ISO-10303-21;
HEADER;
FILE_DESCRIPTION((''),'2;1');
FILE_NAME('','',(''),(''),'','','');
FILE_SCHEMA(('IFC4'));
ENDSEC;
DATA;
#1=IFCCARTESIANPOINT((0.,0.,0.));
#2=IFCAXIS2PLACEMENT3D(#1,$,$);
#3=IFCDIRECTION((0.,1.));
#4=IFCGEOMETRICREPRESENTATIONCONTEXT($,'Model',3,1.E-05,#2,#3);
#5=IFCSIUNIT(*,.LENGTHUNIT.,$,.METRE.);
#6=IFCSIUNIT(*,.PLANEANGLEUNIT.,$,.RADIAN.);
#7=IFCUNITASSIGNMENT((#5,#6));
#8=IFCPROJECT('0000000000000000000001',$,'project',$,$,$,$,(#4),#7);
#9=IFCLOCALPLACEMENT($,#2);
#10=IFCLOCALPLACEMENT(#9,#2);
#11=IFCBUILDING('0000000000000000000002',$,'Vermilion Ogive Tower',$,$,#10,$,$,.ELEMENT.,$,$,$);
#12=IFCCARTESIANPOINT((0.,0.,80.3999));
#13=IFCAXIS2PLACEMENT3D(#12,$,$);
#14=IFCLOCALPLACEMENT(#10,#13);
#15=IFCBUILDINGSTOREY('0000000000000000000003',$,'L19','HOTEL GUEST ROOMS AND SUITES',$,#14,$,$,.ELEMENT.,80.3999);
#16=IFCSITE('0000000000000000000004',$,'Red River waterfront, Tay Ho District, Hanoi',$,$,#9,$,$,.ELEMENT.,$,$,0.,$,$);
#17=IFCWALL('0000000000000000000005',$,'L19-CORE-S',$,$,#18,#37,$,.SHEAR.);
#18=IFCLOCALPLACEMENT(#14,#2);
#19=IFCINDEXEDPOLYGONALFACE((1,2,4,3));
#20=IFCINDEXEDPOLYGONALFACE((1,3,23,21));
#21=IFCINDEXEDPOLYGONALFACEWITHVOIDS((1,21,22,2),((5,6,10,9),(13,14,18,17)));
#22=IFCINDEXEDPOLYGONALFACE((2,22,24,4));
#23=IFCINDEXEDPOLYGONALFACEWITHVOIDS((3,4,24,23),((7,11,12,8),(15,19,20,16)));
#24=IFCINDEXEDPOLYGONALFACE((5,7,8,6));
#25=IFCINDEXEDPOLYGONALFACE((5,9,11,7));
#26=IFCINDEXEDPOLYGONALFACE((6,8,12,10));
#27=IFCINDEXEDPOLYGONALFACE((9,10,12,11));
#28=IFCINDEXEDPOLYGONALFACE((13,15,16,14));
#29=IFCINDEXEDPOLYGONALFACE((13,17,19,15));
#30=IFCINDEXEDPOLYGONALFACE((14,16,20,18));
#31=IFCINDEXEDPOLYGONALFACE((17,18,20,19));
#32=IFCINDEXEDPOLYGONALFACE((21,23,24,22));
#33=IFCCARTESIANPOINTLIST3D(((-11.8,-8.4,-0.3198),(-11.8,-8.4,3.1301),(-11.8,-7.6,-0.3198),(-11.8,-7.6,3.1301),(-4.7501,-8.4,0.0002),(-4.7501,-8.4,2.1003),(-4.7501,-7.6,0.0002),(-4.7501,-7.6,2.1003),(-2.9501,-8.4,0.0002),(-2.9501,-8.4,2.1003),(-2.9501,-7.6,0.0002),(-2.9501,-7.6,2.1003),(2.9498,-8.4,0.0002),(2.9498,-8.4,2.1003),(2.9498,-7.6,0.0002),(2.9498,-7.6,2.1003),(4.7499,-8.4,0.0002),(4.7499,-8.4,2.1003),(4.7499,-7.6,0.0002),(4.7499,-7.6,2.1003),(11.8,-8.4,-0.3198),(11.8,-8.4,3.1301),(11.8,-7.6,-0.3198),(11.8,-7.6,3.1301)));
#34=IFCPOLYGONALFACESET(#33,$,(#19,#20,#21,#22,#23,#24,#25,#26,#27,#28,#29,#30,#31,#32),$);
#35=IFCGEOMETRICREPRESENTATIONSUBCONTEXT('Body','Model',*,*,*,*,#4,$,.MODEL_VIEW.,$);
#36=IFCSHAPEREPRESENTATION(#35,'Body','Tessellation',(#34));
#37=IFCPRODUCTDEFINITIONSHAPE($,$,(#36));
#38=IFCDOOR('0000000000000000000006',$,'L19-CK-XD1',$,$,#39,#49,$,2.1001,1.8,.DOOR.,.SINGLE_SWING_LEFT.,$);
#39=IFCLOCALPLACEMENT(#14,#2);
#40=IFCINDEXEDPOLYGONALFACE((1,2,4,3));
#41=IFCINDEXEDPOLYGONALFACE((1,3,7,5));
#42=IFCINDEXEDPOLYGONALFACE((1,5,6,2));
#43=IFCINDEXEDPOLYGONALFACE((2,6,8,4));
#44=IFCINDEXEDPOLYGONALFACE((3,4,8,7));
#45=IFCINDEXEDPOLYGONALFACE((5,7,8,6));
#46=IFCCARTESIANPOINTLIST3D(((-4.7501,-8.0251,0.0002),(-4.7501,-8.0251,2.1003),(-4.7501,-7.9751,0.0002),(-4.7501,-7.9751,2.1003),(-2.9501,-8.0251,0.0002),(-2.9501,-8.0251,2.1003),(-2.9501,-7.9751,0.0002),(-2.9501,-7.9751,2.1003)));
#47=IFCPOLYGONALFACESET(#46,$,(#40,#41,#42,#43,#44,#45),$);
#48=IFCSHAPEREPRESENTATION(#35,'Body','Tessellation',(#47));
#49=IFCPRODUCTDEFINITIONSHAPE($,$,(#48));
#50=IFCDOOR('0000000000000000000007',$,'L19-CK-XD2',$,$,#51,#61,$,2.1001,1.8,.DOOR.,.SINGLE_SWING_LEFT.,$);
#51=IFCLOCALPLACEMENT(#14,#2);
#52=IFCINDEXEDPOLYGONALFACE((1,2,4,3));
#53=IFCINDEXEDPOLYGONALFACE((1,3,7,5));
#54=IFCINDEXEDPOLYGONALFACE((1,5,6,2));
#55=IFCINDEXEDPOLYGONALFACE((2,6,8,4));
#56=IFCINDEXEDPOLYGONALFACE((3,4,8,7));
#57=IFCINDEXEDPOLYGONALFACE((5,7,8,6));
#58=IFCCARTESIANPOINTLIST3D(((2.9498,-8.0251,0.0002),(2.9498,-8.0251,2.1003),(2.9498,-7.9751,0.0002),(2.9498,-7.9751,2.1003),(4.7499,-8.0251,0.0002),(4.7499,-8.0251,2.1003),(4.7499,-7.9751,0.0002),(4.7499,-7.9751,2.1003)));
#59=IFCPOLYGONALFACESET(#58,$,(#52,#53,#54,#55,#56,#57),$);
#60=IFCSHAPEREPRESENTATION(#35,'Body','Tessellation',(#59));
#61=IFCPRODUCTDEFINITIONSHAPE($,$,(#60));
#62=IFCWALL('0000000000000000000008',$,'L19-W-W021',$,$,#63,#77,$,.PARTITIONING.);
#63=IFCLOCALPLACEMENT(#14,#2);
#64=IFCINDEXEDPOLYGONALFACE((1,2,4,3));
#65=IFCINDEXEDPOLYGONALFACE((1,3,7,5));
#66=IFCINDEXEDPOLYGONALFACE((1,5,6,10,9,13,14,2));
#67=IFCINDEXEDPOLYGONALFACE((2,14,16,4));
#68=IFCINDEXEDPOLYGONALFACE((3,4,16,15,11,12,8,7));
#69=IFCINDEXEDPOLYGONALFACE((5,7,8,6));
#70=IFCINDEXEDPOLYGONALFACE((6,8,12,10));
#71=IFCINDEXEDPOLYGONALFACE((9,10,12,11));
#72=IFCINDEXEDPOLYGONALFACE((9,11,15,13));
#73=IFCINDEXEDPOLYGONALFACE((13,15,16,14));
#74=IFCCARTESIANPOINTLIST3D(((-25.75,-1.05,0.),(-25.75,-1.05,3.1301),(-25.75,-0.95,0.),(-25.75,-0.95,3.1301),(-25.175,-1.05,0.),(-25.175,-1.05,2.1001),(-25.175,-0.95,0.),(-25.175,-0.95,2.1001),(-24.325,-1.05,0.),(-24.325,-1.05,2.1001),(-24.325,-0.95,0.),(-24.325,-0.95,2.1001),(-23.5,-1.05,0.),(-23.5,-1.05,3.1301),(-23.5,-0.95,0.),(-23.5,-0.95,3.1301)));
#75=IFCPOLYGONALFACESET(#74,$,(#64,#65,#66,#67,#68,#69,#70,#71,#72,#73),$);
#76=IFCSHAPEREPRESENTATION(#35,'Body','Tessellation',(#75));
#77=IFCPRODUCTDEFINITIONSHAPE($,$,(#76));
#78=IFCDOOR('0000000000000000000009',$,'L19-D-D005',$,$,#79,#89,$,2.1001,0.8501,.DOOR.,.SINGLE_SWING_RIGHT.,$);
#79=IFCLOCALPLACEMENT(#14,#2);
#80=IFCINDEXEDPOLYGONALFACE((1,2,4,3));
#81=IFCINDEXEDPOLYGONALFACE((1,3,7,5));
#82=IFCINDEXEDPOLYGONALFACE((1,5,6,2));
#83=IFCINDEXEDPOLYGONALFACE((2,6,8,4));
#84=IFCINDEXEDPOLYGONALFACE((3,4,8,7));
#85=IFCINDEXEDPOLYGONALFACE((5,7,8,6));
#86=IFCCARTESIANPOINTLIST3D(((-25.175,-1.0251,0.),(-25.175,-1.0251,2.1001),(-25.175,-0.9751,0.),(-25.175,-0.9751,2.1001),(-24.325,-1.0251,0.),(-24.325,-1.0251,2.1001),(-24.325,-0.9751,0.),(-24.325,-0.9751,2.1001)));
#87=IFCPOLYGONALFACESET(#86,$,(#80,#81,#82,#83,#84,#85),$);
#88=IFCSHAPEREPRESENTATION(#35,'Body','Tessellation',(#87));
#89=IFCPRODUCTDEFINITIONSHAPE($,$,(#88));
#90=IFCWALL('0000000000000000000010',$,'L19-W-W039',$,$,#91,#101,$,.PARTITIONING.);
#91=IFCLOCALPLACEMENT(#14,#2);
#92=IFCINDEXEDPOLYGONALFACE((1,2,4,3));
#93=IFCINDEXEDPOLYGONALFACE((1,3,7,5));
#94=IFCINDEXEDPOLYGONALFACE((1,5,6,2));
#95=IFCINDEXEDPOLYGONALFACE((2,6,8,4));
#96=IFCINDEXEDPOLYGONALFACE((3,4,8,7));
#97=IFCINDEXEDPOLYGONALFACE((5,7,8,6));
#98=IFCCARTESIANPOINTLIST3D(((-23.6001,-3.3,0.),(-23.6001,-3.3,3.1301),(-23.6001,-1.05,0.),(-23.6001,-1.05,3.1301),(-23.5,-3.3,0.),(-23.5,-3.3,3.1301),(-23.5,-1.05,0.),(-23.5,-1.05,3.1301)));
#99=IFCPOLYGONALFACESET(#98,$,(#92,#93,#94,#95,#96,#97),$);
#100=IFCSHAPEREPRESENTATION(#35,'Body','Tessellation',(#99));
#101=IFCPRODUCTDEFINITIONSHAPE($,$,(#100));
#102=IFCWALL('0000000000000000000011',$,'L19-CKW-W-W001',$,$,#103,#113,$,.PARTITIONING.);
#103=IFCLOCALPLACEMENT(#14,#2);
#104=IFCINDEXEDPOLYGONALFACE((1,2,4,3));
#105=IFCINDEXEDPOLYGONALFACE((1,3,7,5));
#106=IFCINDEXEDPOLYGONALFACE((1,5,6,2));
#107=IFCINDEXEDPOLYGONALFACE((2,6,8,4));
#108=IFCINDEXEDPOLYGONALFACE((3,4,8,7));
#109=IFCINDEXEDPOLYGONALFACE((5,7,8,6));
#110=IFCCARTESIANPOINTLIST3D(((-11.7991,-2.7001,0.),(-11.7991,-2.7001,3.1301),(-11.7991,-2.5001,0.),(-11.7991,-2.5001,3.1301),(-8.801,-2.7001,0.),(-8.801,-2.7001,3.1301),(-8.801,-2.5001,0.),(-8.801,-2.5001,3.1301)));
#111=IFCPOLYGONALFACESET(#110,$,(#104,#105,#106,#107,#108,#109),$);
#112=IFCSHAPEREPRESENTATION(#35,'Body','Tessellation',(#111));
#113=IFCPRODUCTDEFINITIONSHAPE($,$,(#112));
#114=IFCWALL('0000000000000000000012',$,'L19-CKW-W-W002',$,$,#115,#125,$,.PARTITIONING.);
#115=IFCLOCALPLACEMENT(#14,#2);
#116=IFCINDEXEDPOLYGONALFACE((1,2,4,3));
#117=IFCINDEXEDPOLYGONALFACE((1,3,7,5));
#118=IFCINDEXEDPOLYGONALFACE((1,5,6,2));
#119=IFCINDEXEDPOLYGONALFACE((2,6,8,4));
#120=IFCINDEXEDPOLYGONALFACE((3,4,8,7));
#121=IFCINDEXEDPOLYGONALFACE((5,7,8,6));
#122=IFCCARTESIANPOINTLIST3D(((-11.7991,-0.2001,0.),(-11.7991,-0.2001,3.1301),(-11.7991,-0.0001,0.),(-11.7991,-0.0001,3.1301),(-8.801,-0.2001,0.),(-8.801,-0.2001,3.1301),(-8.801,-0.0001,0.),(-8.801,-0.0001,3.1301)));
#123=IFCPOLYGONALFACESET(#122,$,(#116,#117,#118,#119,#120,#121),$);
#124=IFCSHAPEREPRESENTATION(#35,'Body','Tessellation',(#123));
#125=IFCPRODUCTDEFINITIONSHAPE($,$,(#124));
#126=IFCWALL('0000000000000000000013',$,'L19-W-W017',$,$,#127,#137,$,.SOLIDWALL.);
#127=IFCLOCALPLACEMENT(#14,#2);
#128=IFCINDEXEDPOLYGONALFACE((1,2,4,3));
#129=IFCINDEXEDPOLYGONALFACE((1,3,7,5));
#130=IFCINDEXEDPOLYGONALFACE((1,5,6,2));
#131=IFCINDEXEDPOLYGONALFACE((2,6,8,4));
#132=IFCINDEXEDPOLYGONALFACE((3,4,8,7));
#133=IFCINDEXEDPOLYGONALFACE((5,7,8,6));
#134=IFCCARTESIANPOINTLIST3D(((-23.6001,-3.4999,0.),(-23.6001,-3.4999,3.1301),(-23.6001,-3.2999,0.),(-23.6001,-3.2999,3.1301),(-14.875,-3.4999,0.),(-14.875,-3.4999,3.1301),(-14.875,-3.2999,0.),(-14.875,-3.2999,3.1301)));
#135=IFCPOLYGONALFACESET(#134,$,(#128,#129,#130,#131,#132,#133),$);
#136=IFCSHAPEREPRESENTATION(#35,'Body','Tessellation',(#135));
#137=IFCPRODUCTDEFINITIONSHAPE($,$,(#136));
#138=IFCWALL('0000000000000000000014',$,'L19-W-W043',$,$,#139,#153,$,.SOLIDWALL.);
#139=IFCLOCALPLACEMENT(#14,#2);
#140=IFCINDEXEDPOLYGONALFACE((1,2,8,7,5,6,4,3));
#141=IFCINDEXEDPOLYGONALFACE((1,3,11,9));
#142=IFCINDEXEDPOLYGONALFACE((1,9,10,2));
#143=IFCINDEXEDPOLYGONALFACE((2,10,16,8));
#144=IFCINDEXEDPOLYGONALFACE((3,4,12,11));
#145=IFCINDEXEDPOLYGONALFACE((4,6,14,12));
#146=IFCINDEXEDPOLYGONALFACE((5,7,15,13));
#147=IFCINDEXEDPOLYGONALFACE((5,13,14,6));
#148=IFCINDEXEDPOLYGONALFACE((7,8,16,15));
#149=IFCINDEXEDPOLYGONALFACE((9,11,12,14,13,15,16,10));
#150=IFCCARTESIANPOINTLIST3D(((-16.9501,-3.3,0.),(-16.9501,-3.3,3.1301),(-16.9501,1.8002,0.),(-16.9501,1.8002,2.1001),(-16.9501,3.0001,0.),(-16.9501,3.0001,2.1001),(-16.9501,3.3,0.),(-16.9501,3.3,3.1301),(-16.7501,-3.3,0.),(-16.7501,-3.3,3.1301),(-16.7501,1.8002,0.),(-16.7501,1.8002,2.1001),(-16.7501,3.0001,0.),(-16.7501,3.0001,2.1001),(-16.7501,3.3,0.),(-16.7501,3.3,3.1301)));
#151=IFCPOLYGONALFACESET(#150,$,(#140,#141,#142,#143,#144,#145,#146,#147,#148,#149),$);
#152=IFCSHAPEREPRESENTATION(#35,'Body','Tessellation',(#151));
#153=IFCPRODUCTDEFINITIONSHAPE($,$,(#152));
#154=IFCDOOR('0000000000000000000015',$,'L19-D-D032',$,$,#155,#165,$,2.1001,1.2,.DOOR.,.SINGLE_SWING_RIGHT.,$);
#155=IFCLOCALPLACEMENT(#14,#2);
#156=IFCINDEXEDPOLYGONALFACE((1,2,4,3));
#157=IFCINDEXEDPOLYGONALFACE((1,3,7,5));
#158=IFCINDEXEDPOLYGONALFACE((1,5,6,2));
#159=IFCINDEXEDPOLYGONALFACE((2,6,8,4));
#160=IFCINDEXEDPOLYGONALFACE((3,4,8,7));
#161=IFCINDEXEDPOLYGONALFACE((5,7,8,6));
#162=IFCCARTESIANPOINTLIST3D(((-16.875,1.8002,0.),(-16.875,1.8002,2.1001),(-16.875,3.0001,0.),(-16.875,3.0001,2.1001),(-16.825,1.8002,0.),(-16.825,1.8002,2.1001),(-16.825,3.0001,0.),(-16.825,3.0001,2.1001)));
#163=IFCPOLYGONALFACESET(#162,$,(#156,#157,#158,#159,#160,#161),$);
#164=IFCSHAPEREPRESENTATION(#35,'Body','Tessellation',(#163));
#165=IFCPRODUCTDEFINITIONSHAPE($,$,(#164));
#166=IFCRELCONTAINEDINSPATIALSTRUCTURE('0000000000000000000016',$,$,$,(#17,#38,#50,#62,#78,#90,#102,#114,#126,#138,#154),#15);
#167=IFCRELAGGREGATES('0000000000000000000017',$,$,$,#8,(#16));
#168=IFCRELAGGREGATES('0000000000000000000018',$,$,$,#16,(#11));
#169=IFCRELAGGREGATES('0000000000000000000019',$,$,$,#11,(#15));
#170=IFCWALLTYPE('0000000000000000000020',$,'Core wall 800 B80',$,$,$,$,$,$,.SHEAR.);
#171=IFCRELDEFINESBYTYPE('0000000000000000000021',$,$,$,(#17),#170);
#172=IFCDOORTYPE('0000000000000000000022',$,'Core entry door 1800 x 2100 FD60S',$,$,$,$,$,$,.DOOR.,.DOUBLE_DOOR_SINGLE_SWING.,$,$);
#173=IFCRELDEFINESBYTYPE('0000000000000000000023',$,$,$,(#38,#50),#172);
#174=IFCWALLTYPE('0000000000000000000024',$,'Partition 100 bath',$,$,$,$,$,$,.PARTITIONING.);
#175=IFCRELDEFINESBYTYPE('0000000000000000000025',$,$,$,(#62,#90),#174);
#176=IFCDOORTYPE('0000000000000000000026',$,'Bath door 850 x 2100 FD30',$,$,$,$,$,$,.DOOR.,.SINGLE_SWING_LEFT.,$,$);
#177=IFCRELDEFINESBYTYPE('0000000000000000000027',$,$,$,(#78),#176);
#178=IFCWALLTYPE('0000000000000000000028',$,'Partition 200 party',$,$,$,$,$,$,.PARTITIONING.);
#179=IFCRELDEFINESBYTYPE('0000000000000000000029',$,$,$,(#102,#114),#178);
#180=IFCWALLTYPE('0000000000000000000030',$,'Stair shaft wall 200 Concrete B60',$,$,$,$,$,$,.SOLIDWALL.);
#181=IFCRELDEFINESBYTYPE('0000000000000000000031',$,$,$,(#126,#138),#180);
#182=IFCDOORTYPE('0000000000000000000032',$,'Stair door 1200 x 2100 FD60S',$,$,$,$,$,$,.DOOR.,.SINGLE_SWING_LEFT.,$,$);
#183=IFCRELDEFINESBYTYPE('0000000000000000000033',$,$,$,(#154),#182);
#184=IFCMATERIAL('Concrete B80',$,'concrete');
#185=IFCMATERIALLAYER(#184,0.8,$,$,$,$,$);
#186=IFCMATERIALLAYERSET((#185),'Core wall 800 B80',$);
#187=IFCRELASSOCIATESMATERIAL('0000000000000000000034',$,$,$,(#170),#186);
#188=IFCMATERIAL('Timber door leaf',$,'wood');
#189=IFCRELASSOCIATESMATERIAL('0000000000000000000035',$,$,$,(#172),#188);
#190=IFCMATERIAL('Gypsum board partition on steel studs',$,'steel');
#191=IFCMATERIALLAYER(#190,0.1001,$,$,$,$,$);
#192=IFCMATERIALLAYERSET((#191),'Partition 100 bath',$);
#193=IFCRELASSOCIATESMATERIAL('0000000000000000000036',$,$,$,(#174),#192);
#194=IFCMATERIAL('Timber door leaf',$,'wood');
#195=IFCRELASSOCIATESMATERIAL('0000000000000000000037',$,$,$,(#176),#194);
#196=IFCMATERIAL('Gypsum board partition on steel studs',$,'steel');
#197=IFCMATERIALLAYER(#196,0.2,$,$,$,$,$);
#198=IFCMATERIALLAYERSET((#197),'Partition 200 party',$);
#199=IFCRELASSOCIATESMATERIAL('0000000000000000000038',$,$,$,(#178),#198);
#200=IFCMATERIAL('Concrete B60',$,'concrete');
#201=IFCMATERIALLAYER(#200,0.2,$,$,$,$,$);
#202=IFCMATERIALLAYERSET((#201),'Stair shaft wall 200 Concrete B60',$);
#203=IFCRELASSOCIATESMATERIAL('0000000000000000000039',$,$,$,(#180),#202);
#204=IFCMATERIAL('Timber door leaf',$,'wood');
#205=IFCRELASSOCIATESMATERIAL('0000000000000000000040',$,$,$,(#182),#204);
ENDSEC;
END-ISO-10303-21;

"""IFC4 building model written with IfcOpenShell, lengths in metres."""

from ifc_helpers import new_model, si_unit, direction, frame, frame_2d, origin, place, context, subcontext, project, spatial, rectangle, extrude, material, layer, layer_set, type_object, element, fill, save


model = new_model("IFC4")

# Units and contexts
model_context = context("Model", 3, precision=1e-05, world=origin(), true_north=direction((0.0, 1.0)))
body_context = subcontext(model_context, "Body", "Model", "MODEL_VIEW")
ifc_project = project(units=[si_unit("LENGTHUNIT", "METRE"), si_unit("PLANEANGLEUNIT", "RADIAN")], contexts=[model_context])

# Site, building, storey
site_placement = place(None, origin())
site = spatial("IfcSite", under=ifc_project, at=site_placement, Name="Red River waterfront, Tay Ho District, Hanoi", CompositionType="ELEMENT", RefElevation=0.0)
building_placement = place(site_placement, origin())
building = spatial("IfcBuilding", under=site, at=building_placement, Name="Vermilion Ogive Tower", CompositionType="ELEMENT")
storey_placement = place(building_placement, frame((0.0, 0.0, 80.3999)))
storey = spatial("IfcBuildingStorey", under=building, at=storey_placement, Name="L19", Description="HOTEL GUEST ROOMS AND SUITES", CompositionType="ELEMENT", Elevation=80.3999)

# Wall, openings, doors
ifc_material_1 = material(Name="Concrete B80", Category="concrete")
ifc_layer_1 = layer(ifc_material_1, 0.8)
ifc_layer_set_1 = layer_set([ifc_layer_1], Name="Core wall 800 B80")
wall_type_1 = type_object("IfcWallType", Name="Core wall 800 B80", PredefinedType="SHEAR", material=ifc_layer_set_1)
wall_1_placement = place(storey_placement, frame((-11.8, -8.0, -0.3198), z_axis=(0.0, 0.0, 1.0), x_axis=(1.0, 0.0, 0.0)))
wall_1 = element("IfcWall", 1, at=wall_1_placement, inside=storey, type_object=wall_type_1, Name="L19-CORE-S", PredefinedType="SHEAR", context=body_context, shape_type="SweptSolid", body=[
    extrude(rectangle(XDim=23.6001, YDim=0.8, at=frame_2d((11.8, 0.0))), origin(), (0.0, 0.0, 1.0), 3.45),
])
opening_1_placement = place(wall_1_placement, frame((7.05, 0.0, 0.3201)))
opening_1 = element("IfcOpeningElement", 2, at=opening_1_placement, cuts=wall_1, PredefinedType="OPENING", context=body_context, shape_type="SweptSolid", body=[
    extrude(rectangle(XDim=1.8, YDim=2.1001, at=frame_2d((0.8999, 1.05))), frame((0.0, 0.4099, 0.0), z_axis=(0.0, -1.0, 0.0), x_axis=(1.0, 0.0, 0.0)), (0.0, 0.0, 1.0), 0.8201),
])
opening_2_placement = place(wall_1_placement, frame((14.75, 0.0, 0.3201)))
opening_2 = element("IfcOpeningElement", 3, at=opening_2_placement, cuts=wall_1, PredefinedType="OPENING", context=body_context, shape_type="SweptSolid", body=[
    extrude(rectangle(XDim=1.8, YDim=2.1001, at=frame_2d((0.8999, 1.05))), frame((0.0, 0.4099, 0.0), z_axis=(0.0, -1.0, 0.0), x_axis=(1.0, 0.0, 0.0)), (0.0, 0.0, 1.0), 0.8201),
])
ifc_material_2 = material(Name="Timber door leaf", Category="wood")
door_type_1 = type_object("IfcDoorType", Name="Core entry door 1800 x 2100 FD60S", OperationType="DOUBLE_DOOR_SINGLE_SWING", PredefinedType="DOOR", material=ifc_material_2)
door_1_placement = place(opening_1_placement, origin())
door_1 = element("IfcDoor", 4, at=door_1_placement, inside=storey, type_object=door_type_1, Name="L19-CK-XD1", OperationType="SINGLE_SWING_LEFT", OverallHeight=2.1001, OverallWidth=1.8, PredefinedType="DOOR", context=body_context, shape_type="SweptSolid", body=[
    extrude(rectangle(XDim=1.8, YDim=2.1001, at=frame_2d((0.8999, 1.05))), frame((0.0, 0.0249, 0.0), z_axis=(0.0, -1.0, 0.0), x_axis=(1.0, 0.0, 0.0)), (0.0, 0.0, 1.0), 0.05),
])
fill(opening_1, door_1)
door_2_placement = place(opening_2_placement, origin())
door_2 = element("IfcDoor", 5, at=door_2_placement, inside=storey, type_object=door_type_1, Name="L19-CK-XD2", OperationType="SINGLE_SWING_LEFT", OverallHeight=2.1001, OverallWidth=1.8, PredefinedType="DOOR", context=body_context, shape_type="SweptSolid", body=[
    extrude(rectangle(XDim=1.8, YDim=2.1001, at=frame_2d((0.8999, 1.05))), frame((0.0, 0.0249, 0.0), z_axis=(0.0, -1.0, 0.0), x_axis=(1.0, 0.0, 0.0)), (0.0, 0.0, 1.0), 0.05),
])
fill(opening_2, door_2)

# Wall, opening, door
ifc_material_3 = material(Name="Gypsum board partition on steel studs", Category="steel")
ifc_layer_2 = layer(ifc_material_3, 0.1001)
ifc_layer_set_2 = layer_set([ifc_layer_2], Name="Partition 100 bath")
wall_type_2 = type_object("IfcWallType", Name="Partition 100 bath", PredefinedType="PARTITIONING", material=ifc_layer_set_2)
wall_2_placement = place(storey_placement, frame((-25.75, -1.0, 0.0), z_axis=(0.0, 0.0, 1.0), x_axis=(1.0, 0.0, 0.0)))
wall_2 = element("IfcWall", 6, at=wall_2_placement, inside=storey, type_object=wall_type_2, Name="L19-W-W021", PredefinedType="PARTITIONING", context=body_context, shape_type="SweptSolid", body=[
    extrude(rectangle(XDim=2.25, YDim=0.1001, at=frame_2d((1.125, 0.0))), origin(), (0.0, 0.0, 1.0), 3.1301),
])
opening_3_placement = place(wall_2_placement, frame((0.575, 0.0, 0.0)))
opening_3 = element("IfcOpeningElement", 7, at=opening_3_placement, cuts=wall_2, PredefinedType="OPENING", context=body_context, shape_type="SweptSolid", body=[
    extrude(rectangle(XDim=0.8501, YDim=2.1001, at=frame_2d((0.425, 1.05))), frame((0.0, 0.0601, 0.0), z_axis=(0.0, -1.0, 0.0), x_axis=(1.0, 0.0, 0.0)), (0.0, 0.0, 1.0), 0.1201),
])
ifc_material_4 = material(Name="Timber door leaf", Category="wood")
door_type_2 = type_object("IfcDoorType", Name="Bath door 850 x 2100 FD30", OperationType="SINGLE_SWING_LEFT", PredefinedType="DOOR", material=ifc_material_4)
door_3_placement = place(opening_3_placement, origin())
door_3 = element("IfcDoor", 8, at=door_3_placement, inside=storey, type_object=door_type_2, Name="L19-D-D005", OperationType="SINGLE_SWING_RIGHT", OverallHeight=2.1001, OverallWidth=0.8501, PredefinedType="DOOR", context=body_context, shape_type="SweptSolid", body=[
    extrude(rectangle(XDim=0.8501, YDim=2.1001, at=frame_2d((0.425, 1.05))), frame((0.0, 0.0249, 0.0), z_axis=(0.0, -1.0, 0.0), x_axis=(1.0, 0.0, 0.0)), (0.0, 0.0, 1.0), 0.05),
])
fill(opening_3, door_3)

# Walls
wall_3_placement = place(storey_placement, frame((-23.55, -3.3, 0.0), z_axis=(0.0, 0.0, 1.0), x_axis=(0.0, 1.0, 0.0)))
element("IfcWall", 9, at=wall_3_placement, inside=storey, type_object=wall_type_2, Name="L19-W-W039", PredefinedType="PARTITIONING", context=body_context, shape_type="SweptSolid", body=[
    extrude(rectangle(XDim=2.25, YDim=0.1001, at=frame_2d((1.125, 0.0))), origin(), (0.0, 0.0, 1.0), 3.1301),
])
ifc_material_5 = material(Name="Gypsum board partition on steel studs", Category="steel")
ifc_layer_3 = layer(ifc_material_5, 0.2)
ifc_layer_set_3 = layer_set([ifc_layer_3], Name="Partition 200 party")
wall_type_3 = type_object("IfcWallType", Name="Partition 200 party", PredefinedType="PARTITIONING", material=ifc_layer_set_3)
for number, where, z_axis, x_axis, name in (
    (10, (-11.7991, -2.6001, 0.0), (0.0, 0.0, 1.0), (1.0, 0.0, 0.0), "L19-CKW-W-W001"),
    (11, (-11.7991, -0.1001, 0.0), (0.0, 0.0, 1.0), (1.0, 0.0, 0.0), "L19-CKW-W-W002"),
):
    element("IfcWall", number, at=place(storey_placement, frame(where, z_axis=z_axis, x_axis=x_axis)), inside=storey, type_object=wall_type_3, Name=name, PredefinedType="PARTITIONING", context=body_context, shape_type="SweptSolid", body=[
        extrude(rectangle(XDim=2.998, YDim=0.2, at=frame_2d((1.499, 0.0))), origin(), (0.0, 0.0, 1.0), 3.1301),
    ])
ifc_material_6 = material(Name="Concrete B60", Category="concrete")
ifc_layer_4 = layer(ifc_material_6, 0.2)
ifc_layer_set_4 = layer_set([ifc_layer_4], Name="Stair shaft wall 200 Concrete B60")
wall_type_4 = type_object("IfcWallType", Name="Stair shaft wall 200 Concrete B60", PredefinedType="SOLIDWALL", material=ifc_layer_set_4)
wall_4_placement = place(storey_placement, frame((-23.6001, -3.3999, 0.0), z_axis=(0.0, 0.0, 1.0), x_axis=(1.0, 0.0, 0.0)))
element("IfcWall", 12, at=wall_4_placement, inside=storey, type_object=wall_type_4, Name="L19-W-W017", PredefinedType="SOLIDWALL", context=body_context, shape_type="SweptSolid", body=[
    extrude(rectangle(XDim=8.7251, YDim=0.2, at=frame_2d((4.3625, 0.0))), origin(), (0.0, 0.0, 1.0), 3.1301),
])

# Wall, opening, door
wall_5_placement = place(storey_placement, frame((-16.8501, -3.3, 0.0), z_axis=(0.0, 0.0, 1.0), x_axis=(0.0, 1.0, 0.0)))
wall_5 = element("IfcWall", 13, at=wall_5_placement, inside=storey, type_object=wall_type_4, Name="L19-W-W043", PredefinedType="SOLIDWALL", context=body_context, shape_type="SweptSolid", body=[
    extrude(rectangle(XDim=6.6001, YDim=0.2, at=frame_2d((3.3, 0.0))), origin(), (0.0, 0.0, 1.0), 3.1301),
])
opening_4_placement = place(wall_5_placement, frame((5.1001, 0.0, 0.0)))
opening_4 = element("IfcOpeningElement", 14, at=opening_4_placement, cuts=wall_5, PredefinedType="OPENING", context=body_context, shape_type="SweptSolid", body=[
    extrude(rectangle(XDim=1.2, YDim=2.1001, at=frame_2d((0.6001, 1.05))), frame((0.0, 0.1099, 0.0), z_axis=(0.0, -1.0, 0.0), x_axis=(1.0, 0.0, 0.0)), (0.0, 0.0, 1.0), 0.22),
])
ifc_material_7 = material(Name="Timber door leaf", Category="wood")
door_type_3 = type_object("IfcDoorType", Name="Stair door 1200 x 2100 FD60S", OperationType="SINGLE_SWING_LEFT", PredefinedType="DOOR", material=ifc_material_7)
door_4_placement = place(opening_4_placement, origin())
door_4 = element("IfcDoor", 15, at=door_4_placement, inside=storey, type_object=door_type_3, Name="L19-D-D032", OperationType="SINGLE_SWING_RIGHT", OverallHeight=2.1001, OverallWidth=1.2, PredefinedType="DOOR", context=body_context, shape_type="SweptSolid", body=[
    extrude(rectangle(XDim=1.2, YDim=2.1001, at=frame_2d((0.6001, 1.05))), frame((0.0, 0.0249, 0.0), z_axis=(0.0, -1.0, 0.0), x_axis=(1.0, 0.0, 0.0)), (0.0, 0.0, 1.0), 0.05),
])
fill(opening_4, door_4)

save(model, "model.ifc")
